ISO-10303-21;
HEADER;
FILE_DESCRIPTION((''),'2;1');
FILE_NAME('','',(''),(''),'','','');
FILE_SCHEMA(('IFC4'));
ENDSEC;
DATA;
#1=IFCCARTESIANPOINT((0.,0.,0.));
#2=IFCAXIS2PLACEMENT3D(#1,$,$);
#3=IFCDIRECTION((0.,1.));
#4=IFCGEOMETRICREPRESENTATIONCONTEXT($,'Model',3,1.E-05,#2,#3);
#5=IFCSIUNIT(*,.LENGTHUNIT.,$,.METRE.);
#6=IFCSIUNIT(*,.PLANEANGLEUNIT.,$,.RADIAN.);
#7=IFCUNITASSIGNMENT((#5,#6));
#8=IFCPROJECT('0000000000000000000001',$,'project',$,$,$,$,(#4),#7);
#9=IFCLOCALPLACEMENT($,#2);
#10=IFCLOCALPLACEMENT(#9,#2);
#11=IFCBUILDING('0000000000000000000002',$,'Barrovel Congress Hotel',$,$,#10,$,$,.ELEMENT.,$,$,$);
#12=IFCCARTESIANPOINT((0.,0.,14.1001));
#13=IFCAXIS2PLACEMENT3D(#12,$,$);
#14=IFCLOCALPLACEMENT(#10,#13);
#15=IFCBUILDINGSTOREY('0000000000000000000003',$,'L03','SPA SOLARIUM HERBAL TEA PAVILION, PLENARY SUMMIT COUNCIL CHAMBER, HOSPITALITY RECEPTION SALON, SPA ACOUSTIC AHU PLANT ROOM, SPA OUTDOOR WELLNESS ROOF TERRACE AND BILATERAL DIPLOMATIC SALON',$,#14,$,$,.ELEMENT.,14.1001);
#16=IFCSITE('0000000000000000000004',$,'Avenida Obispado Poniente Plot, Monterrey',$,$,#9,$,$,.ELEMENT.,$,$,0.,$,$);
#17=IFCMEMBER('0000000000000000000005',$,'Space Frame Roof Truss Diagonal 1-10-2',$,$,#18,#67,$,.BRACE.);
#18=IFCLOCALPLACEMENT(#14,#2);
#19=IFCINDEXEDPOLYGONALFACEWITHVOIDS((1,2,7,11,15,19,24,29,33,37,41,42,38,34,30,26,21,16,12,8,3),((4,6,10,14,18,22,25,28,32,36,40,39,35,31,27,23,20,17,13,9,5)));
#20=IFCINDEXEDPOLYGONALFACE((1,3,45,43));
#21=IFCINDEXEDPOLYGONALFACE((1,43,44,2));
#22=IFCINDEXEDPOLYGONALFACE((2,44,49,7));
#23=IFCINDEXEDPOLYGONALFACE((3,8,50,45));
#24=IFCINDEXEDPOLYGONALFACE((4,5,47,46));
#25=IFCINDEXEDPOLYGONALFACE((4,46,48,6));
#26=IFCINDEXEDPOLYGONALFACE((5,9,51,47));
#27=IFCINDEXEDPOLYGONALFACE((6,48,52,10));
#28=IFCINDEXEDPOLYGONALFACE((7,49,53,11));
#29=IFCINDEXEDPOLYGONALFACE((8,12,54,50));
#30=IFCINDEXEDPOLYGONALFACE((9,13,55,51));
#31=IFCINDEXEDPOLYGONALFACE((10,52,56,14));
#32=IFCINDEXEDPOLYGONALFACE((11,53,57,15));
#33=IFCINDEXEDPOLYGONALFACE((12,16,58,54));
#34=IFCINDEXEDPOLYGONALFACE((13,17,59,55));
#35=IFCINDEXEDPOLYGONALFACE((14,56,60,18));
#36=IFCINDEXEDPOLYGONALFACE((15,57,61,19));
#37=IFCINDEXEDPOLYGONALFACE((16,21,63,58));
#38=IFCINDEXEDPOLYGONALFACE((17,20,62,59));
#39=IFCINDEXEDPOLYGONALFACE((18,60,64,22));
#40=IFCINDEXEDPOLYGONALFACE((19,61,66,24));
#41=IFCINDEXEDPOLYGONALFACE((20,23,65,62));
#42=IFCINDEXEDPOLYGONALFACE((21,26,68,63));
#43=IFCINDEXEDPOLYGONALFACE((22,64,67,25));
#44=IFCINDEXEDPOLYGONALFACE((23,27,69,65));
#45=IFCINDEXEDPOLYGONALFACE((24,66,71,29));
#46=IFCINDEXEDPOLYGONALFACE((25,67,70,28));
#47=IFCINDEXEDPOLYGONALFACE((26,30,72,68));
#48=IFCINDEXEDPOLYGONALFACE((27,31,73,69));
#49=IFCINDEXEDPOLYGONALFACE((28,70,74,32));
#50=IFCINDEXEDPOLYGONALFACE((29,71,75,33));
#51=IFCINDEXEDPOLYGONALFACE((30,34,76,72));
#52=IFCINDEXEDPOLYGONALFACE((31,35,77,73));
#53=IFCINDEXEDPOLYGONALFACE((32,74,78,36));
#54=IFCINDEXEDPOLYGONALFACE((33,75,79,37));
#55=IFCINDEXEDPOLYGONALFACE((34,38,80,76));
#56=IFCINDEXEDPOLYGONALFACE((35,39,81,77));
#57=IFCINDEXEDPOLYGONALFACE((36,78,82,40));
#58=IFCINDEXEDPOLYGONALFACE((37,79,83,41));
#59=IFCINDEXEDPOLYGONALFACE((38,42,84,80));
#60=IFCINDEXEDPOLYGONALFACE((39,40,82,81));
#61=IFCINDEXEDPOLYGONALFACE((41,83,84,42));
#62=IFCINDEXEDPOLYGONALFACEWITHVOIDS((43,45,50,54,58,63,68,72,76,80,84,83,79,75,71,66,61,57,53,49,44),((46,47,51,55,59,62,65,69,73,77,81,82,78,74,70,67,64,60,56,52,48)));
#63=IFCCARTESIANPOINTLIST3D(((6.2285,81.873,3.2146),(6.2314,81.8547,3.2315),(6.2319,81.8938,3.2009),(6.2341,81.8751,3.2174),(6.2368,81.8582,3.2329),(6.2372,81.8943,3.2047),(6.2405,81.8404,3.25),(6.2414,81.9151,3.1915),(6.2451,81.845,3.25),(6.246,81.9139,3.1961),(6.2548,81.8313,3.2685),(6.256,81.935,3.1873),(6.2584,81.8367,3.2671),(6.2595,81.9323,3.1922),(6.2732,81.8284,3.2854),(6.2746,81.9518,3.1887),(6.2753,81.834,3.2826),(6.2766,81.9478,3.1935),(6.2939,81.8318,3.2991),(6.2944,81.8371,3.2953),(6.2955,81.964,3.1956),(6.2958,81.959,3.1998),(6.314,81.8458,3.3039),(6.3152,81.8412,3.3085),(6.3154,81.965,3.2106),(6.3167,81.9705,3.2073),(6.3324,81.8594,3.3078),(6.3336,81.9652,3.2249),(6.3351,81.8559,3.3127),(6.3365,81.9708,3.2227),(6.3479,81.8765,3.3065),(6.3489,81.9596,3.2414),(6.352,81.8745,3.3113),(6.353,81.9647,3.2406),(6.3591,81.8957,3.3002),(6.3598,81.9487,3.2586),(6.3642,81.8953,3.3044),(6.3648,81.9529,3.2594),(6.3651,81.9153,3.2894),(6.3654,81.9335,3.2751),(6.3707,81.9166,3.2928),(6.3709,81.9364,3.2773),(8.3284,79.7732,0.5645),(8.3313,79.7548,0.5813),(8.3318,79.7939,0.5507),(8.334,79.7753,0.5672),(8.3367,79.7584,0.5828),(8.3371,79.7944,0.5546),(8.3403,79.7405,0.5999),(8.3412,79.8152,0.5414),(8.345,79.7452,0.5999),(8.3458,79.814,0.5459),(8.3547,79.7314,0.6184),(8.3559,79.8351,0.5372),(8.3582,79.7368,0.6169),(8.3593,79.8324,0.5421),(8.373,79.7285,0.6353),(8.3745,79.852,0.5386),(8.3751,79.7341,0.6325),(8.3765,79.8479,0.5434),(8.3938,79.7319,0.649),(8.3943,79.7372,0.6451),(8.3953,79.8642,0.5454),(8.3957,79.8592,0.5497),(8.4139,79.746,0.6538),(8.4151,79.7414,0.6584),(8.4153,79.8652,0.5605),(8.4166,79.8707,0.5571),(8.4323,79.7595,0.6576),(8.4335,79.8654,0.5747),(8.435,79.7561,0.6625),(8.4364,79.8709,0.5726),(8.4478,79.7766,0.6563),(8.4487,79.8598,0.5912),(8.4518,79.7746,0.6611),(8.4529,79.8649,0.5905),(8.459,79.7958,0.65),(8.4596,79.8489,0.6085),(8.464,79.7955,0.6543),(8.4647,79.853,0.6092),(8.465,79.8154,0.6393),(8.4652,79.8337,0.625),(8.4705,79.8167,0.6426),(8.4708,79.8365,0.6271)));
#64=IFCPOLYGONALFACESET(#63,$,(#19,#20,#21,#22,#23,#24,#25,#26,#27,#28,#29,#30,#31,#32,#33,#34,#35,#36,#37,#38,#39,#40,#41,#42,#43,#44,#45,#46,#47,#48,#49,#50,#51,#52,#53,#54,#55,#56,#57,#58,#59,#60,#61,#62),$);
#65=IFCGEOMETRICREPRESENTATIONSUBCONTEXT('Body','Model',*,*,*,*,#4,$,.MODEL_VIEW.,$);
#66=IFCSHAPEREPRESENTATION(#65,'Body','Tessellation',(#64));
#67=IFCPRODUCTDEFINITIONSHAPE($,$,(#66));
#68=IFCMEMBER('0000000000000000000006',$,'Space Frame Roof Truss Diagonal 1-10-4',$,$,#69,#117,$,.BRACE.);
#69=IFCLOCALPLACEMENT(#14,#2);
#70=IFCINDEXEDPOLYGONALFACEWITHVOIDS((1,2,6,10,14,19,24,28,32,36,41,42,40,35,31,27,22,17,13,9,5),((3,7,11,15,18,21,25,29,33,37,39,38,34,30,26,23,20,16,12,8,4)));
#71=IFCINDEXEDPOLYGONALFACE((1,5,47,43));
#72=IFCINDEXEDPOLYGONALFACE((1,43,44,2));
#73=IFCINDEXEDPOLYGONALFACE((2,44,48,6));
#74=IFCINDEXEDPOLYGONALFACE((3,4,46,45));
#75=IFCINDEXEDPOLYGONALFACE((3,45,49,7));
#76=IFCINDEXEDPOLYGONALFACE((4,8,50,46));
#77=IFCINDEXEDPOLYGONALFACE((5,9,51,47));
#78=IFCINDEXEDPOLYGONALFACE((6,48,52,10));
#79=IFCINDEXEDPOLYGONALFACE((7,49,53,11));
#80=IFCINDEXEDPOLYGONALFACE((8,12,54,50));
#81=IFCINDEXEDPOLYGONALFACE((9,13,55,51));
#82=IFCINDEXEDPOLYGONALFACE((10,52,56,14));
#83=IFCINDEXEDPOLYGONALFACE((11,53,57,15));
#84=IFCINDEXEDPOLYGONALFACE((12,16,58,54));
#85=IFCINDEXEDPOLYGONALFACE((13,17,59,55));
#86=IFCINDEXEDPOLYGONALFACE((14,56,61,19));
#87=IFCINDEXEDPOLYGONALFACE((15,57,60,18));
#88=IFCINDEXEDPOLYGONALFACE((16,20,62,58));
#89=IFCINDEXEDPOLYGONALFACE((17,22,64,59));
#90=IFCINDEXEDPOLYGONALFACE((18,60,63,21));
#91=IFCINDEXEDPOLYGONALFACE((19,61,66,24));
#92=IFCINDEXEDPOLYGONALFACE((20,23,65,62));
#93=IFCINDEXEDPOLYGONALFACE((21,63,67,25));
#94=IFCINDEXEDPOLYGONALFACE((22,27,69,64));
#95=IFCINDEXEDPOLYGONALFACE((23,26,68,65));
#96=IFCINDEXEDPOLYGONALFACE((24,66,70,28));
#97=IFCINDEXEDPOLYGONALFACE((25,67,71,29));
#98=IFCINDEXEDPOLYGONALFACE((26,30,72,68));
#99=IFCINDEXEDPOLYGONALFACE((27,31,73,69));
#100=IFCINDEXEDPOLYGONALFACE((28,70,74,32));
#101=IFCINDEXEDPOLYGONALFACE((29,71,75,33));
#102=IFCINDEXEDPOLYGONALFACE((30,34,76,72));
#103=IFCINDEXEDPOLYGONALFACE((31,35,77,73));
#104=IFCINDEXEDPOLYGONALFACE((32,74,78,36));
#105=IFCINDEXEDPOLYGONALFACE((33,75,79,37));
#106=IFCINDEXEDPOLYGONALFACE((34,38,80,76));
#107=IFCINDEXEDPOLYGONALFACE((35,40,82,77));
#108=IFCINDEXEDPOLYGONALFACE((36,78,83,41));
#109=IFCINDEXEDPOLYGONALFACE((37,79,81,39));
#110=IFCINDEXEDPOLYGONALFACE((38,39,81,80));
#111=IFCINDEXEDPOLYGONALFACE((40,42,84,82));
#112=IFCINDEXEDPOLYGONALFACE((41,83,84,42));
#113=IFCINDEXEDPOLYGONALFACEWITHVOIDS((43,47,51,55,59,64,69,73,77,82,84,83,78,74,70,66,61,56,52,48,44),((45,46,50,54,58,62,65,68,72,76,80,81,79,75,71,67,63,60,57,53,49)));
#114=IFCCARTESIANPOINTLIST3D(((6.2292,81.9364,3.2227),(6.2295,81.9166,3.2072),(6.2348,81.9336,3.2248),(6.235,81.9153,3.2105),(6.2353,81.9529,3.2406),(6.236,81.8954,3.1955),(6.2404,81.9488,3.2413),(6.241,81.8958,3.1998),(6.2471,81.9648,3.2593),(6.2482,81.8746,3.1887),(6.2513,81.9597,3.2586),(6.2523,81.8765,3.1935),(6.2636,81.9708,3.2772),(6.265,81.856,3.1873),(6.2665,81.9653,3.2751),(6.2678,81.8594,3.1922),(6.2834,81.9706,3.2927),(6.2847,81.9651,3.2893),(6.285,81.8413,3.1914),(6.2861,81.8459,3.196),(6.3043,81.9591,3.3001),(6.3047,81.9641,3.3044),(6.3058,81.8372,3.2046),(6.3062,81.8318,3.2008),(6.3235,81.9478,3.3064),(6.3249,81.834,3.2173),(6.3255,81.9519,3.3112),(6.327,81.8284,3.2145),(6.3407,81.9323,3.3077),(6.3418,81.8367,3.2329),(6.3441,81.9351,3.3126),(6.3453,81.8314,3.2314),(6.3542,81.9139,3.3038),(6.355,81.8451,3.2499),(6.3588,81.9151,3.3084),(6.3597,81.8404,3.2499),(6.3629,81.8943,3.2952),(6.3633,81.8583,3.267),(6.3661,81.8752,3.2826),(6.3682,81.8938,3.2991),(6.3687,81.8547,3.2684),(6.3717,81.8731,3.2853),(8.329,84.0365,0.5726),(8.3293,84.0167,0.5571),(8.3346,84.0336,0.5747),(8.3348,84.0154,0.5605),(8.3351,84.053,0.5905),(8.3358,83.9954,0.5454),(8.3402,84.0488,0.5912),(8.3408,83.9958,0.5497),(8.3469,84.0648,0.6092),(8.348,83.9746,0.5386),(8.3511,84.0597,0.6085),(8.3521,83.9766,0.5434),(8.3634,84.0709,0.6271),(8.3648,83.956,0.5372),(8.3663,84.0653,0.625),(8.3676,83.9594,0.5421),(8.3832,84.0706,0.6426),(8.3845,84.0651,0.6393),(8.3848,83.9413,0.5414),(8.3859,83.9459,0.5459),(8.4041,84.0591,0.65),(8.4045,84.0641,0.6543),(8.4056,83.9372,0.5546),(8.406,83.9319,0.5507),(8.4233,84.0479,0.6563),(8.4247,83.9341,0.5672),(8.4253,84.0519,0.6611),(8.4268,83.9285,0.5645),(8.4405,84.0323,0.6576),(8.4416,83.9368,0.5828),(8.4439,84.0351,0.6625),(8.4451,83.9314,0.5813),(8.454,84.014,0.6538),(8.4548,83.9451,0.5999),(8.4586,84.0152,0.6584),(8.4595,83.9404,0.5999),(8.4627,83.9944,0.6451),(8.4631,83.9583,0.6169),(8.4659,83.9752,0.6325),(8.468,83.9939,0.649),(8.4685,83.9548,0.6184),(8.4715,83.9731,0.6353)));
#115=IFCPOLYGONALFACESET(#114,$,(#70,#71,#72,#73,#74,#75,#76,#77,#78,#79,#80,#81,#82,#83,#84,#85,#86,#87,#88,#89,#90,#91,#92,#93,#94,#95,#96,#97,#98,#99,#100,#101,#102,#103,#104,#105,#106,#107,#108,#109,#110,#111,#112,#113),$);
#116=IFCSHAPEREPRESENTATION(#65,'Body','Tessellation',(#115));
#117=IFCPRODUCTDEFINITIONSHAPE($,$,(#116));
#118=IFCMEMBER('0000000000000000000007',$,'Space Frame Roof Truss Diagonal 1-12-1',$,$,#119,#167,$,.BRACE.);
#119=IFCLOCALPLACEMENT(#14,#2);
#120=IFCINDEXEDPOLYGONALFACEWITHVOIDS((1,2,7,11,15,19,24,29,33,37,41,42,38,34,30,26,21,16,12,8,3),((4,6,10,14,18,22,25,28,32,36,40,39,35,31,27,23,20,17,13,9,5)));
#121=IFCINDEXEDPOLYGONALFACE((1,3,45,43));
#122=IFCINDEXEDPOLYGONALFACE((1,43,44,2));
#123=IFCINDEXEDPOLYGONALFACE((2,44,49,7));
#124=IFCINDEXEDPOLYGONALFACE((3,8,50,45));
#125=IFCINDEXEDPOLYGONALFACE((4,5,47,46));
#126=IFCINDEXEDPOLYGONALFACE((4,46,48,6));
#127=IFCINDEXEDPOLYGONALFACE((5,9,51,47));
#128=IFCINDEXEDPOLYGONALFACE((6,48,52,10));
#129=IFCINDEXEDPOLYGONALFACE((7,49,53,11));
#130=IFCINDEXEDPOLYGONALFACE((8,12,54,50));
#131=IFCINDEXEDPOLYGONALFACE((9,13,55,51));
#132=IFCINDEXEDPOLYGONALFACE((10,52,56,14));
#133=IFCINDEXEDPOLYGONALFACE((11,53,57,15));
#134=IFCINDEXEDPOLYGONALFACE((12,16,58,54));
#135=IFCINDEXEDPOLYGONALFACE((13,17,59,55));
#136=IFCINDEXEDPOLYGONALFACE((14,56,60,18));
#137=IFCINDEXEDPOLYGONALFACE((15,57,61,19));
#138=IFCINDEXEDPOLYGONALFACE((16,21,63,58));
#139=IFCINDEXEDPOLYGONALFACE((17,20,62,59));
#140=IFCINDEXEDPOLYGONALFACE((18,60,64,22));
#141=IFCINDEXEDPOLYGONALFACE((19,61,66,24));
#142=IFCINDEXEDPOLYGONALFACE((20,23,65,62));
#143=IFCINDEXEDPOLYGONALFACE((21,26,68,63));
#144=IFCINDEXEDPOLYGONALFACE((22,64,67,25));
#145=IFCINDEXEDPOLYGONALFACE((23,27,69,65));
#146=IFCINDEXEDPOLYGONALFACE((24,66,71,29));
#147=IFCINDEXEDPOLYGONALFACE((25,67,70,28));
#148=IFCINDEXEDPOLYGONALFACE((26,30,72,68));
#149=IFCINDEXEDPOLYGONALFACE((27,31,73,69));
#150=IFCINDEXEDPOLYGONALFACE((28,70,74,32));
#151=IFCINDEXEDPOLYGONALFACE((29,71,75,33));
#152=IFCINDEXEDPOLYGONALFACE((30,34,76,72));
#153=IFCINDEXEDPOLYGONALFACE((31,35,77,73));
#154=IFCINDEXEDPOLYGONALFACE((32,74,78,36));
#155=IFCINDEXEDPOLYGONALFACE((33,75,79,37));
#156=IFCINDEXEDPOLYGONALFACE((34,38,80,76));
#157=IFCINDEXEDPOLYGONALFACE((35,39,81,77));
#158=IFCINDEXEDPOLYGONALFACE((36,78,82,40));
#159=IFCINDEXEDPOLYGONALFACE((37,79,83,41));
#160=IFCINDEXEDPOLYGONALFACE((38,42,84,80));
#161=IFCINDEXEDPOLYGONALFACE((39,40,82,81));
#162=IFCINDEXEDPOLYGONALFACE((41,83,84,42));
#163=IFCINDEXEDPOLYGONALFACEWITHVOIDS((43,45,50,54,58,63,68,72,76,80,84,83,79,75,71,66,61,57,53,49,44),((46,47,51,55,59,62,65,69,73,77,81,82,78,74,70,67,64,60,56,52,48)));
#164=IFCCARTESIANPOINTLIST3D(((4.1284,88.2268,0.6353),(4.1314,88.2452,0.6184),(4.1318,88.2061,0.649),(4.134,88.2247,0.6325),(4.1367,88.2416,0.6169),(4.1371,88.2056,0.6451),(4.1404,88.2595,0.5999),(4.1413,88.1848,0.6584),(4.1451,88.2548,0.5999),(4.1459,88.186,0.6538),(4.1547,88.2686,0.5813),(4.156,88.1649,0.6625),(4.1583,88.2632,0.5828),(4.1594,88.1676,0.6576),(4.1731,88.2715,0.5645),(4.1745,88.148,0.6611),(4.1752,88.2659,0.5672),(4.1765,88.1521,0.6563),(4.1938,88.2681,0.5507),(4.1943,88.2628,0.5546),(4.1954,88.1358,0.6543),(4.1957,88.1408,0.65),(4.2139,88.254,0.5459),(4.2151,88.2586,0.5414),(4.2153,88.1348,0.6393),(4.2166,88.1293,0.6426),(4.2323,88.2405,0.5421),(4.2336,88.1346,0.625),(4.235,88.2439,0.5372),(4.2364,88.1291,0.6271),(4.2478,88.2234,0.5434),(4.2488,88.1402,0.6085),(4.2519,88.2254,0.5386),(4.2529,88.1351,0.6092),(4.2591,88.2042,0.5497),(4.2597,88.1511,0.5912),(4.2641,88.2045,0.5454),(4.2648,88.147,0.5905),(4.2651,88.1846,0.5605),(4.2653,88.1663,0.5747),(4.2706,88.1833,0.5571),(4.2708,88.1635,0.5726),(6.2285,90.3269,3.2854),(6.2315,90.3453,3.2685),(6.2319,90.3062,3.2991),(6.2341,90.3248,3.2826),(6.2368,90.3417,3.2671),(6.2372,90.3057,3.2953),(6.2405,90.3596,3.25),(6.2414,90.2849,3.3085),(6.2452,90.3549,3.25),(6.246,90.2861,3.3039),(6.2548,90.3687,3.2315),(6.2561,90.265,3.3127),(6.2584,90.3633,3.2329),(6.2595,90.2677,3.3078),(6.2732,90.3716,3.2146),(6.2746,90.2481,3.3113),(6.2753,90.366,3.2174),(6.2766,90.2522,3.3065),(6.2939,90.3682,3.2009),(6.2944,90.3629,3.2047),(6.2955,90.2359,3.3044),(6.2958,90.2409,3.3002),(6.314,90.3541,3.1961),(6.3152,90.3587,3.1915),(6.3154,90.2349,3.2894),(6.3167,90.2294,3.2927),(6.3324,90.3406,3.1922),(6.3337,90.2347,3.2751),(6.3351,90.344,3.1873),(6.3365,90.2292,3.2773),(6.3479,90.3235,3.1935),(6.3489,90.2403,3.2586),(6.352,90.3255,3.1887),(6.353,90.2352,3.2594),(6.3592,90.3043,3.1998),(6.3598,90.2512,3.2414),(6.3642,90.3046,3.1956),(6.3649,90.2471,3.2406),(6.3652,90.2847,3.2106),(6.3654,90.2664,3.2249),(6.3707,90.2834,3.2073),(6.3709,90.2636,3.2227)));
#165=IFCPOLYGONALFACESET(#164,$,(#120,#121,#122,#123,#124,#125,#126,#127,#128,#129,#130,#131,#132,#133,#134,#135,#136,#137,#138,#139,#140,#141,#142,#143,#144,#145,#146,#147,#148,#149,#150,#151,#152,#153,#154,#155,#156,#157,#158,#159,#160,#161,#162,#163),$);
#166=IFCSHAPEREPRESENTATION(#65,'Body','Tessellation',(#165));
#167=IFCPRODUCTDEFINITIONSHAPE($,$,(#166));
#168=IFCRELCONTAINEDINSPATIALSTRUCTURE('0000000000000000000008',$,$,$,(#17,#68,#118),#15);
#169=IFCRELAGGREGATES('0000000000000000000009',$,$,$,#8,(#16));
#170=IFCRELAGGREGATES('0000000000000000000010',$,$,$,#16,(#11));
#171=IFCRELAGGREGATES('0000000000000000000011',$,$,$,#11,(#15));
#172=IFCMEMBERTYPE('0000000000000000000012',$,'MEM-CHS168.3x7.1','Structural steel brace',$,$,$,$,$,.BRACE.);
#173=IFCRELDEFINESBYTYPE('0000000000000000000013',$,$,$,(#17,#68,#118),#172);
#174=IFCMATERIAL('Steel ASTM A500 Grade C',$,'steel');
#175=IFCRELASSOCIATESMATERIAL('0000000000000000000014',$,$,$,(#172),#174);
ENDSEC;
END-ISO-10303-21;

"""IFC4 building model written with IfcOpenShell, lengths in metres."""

from ifc_helpers import new_model, si_unit, direction, frame, origin, origin_2d, place, context, subcontext, project, spatial, hollow_circle, extrude, material, material_profile, profile_set, type_object, element, save


model = new_model("IFC4")

# Units and contexts
model_context = context("Model", 3, precision=1e-05, world=origin(), true_north=direction((0.0, 1.0)))
body_context = subcontext(model_context, "Body", "Model", "MODEL_VIEW")
ifc_project = project(units=[si_unit("LENGTHUNIT", "METRE"), si_unit("PLANEANGLEUNIT", "RADIAN")], contexts=[model_context])

# Site, building, storey
site_placement = place(None, origin())
site = spatial("IfcSite", under=ifc_project, at=site_placement, Name="Avenida Obispado Poniente Plot, Monterrey", CompositionType="ELEMENT", RefElevation=0.0)
building_placement = place(site_placement, origin())
building = spatial("IfcBuilding", under=site, at=building_placement, Name="Barrovel Congress Hotel", CompositionType="ELEMENT")
storey_placement = place(building_placement, frame((0.0, 0.0, 14.1001)))
storey = spatial("IfcBuildingStorey", under=building, at=storey_placement, Name="L03", Description="SPA SOLARIUM HERBAL TEA PAVILION, PLENARY SUMMIT COUNCIL CHAMBER, HOSPITALITY RECEPTION SALON, SPA ACOUSTIC AHU PLANT ROOM, SPA OUTDOOR WELLNESS ROOF TERRACE AND BILATERAL DIPLOMATIC SALON", CompositionType="ELEMENT", Elevation=14.1001)

# Members
ifc_material_1 = material(Name="Steel ASTM A500 Grade C", Category="steel")
ifc_material_profile_1 = material_profile(ifc_material_1, hollow_circle(Radius=0.0842, WallThickness=0.0066, at=origin_2d()), Name="CHS168.3x7.1")
ifc_profile_set_1 = profile_set([ifc_material_profile_1], Name="Steel ASTM A500 Grade C")
member_type_1 = type_object("IfcMemberType", Name="MEM-CHS168.3x7.1", Description="Structural steel brace", PredefinedType="BRACE", material=ifc_profile_set_1)
for number, where, z_axis, x_axis, name in (
    (1, (8.3999, 79.8, 0.5999), (-0.527574, 0.527574, 0.665831), (-0.707107, -0.707107, 0.0), "Space Frame Roof Truss Diagonal 1-10-2"),
    (2, (8.3999, 84.0, 0.5999), (-0.527557, -0.527618, 0.66581), (0.707148, -0.707066, 0.0), "Space Frame Roof Truss Diagonal 1-10-4"),
):
    element("IfcMember", number, at=place(storey_placement, frame(where, z_axis=z_axis, x_axis=x_axis)), inside=storey, type_object=member_type_1, Name=name, PredefinedType="BRACE", context=body_context, shape_type="SweptSolid", body=[
        extrude(hollow_circle(Radius=0.0842, WallThickness=0.0066, at=origin_2d()), origin(), (0.0, 0.0, 1.0), 3.9802),
    ])
member_1_placement = place(storey_placement, frame((4.2, 88.2, 0.5999), z_axis=(0.527601, 0.527601, 0.665788), x_axis=(-0.707107, 0.707107, 0.0)))
element("IfcMember", 3, at=member_1_placement, inside=storey, type_object=member_type_1, Name="Space Frame Roof Truss Diagonal 1-12-1", PredefinedType="BRACE", context=body_context, shape_type="SweptSolid", body=[
    extrude(hollow_circle(Radius=0.0842, WallThickness=0.0066, at=origin_2d()), origin(), (0.0, 0.0, 1.0), 3.9805),
])

save(model, "model.ifc")
